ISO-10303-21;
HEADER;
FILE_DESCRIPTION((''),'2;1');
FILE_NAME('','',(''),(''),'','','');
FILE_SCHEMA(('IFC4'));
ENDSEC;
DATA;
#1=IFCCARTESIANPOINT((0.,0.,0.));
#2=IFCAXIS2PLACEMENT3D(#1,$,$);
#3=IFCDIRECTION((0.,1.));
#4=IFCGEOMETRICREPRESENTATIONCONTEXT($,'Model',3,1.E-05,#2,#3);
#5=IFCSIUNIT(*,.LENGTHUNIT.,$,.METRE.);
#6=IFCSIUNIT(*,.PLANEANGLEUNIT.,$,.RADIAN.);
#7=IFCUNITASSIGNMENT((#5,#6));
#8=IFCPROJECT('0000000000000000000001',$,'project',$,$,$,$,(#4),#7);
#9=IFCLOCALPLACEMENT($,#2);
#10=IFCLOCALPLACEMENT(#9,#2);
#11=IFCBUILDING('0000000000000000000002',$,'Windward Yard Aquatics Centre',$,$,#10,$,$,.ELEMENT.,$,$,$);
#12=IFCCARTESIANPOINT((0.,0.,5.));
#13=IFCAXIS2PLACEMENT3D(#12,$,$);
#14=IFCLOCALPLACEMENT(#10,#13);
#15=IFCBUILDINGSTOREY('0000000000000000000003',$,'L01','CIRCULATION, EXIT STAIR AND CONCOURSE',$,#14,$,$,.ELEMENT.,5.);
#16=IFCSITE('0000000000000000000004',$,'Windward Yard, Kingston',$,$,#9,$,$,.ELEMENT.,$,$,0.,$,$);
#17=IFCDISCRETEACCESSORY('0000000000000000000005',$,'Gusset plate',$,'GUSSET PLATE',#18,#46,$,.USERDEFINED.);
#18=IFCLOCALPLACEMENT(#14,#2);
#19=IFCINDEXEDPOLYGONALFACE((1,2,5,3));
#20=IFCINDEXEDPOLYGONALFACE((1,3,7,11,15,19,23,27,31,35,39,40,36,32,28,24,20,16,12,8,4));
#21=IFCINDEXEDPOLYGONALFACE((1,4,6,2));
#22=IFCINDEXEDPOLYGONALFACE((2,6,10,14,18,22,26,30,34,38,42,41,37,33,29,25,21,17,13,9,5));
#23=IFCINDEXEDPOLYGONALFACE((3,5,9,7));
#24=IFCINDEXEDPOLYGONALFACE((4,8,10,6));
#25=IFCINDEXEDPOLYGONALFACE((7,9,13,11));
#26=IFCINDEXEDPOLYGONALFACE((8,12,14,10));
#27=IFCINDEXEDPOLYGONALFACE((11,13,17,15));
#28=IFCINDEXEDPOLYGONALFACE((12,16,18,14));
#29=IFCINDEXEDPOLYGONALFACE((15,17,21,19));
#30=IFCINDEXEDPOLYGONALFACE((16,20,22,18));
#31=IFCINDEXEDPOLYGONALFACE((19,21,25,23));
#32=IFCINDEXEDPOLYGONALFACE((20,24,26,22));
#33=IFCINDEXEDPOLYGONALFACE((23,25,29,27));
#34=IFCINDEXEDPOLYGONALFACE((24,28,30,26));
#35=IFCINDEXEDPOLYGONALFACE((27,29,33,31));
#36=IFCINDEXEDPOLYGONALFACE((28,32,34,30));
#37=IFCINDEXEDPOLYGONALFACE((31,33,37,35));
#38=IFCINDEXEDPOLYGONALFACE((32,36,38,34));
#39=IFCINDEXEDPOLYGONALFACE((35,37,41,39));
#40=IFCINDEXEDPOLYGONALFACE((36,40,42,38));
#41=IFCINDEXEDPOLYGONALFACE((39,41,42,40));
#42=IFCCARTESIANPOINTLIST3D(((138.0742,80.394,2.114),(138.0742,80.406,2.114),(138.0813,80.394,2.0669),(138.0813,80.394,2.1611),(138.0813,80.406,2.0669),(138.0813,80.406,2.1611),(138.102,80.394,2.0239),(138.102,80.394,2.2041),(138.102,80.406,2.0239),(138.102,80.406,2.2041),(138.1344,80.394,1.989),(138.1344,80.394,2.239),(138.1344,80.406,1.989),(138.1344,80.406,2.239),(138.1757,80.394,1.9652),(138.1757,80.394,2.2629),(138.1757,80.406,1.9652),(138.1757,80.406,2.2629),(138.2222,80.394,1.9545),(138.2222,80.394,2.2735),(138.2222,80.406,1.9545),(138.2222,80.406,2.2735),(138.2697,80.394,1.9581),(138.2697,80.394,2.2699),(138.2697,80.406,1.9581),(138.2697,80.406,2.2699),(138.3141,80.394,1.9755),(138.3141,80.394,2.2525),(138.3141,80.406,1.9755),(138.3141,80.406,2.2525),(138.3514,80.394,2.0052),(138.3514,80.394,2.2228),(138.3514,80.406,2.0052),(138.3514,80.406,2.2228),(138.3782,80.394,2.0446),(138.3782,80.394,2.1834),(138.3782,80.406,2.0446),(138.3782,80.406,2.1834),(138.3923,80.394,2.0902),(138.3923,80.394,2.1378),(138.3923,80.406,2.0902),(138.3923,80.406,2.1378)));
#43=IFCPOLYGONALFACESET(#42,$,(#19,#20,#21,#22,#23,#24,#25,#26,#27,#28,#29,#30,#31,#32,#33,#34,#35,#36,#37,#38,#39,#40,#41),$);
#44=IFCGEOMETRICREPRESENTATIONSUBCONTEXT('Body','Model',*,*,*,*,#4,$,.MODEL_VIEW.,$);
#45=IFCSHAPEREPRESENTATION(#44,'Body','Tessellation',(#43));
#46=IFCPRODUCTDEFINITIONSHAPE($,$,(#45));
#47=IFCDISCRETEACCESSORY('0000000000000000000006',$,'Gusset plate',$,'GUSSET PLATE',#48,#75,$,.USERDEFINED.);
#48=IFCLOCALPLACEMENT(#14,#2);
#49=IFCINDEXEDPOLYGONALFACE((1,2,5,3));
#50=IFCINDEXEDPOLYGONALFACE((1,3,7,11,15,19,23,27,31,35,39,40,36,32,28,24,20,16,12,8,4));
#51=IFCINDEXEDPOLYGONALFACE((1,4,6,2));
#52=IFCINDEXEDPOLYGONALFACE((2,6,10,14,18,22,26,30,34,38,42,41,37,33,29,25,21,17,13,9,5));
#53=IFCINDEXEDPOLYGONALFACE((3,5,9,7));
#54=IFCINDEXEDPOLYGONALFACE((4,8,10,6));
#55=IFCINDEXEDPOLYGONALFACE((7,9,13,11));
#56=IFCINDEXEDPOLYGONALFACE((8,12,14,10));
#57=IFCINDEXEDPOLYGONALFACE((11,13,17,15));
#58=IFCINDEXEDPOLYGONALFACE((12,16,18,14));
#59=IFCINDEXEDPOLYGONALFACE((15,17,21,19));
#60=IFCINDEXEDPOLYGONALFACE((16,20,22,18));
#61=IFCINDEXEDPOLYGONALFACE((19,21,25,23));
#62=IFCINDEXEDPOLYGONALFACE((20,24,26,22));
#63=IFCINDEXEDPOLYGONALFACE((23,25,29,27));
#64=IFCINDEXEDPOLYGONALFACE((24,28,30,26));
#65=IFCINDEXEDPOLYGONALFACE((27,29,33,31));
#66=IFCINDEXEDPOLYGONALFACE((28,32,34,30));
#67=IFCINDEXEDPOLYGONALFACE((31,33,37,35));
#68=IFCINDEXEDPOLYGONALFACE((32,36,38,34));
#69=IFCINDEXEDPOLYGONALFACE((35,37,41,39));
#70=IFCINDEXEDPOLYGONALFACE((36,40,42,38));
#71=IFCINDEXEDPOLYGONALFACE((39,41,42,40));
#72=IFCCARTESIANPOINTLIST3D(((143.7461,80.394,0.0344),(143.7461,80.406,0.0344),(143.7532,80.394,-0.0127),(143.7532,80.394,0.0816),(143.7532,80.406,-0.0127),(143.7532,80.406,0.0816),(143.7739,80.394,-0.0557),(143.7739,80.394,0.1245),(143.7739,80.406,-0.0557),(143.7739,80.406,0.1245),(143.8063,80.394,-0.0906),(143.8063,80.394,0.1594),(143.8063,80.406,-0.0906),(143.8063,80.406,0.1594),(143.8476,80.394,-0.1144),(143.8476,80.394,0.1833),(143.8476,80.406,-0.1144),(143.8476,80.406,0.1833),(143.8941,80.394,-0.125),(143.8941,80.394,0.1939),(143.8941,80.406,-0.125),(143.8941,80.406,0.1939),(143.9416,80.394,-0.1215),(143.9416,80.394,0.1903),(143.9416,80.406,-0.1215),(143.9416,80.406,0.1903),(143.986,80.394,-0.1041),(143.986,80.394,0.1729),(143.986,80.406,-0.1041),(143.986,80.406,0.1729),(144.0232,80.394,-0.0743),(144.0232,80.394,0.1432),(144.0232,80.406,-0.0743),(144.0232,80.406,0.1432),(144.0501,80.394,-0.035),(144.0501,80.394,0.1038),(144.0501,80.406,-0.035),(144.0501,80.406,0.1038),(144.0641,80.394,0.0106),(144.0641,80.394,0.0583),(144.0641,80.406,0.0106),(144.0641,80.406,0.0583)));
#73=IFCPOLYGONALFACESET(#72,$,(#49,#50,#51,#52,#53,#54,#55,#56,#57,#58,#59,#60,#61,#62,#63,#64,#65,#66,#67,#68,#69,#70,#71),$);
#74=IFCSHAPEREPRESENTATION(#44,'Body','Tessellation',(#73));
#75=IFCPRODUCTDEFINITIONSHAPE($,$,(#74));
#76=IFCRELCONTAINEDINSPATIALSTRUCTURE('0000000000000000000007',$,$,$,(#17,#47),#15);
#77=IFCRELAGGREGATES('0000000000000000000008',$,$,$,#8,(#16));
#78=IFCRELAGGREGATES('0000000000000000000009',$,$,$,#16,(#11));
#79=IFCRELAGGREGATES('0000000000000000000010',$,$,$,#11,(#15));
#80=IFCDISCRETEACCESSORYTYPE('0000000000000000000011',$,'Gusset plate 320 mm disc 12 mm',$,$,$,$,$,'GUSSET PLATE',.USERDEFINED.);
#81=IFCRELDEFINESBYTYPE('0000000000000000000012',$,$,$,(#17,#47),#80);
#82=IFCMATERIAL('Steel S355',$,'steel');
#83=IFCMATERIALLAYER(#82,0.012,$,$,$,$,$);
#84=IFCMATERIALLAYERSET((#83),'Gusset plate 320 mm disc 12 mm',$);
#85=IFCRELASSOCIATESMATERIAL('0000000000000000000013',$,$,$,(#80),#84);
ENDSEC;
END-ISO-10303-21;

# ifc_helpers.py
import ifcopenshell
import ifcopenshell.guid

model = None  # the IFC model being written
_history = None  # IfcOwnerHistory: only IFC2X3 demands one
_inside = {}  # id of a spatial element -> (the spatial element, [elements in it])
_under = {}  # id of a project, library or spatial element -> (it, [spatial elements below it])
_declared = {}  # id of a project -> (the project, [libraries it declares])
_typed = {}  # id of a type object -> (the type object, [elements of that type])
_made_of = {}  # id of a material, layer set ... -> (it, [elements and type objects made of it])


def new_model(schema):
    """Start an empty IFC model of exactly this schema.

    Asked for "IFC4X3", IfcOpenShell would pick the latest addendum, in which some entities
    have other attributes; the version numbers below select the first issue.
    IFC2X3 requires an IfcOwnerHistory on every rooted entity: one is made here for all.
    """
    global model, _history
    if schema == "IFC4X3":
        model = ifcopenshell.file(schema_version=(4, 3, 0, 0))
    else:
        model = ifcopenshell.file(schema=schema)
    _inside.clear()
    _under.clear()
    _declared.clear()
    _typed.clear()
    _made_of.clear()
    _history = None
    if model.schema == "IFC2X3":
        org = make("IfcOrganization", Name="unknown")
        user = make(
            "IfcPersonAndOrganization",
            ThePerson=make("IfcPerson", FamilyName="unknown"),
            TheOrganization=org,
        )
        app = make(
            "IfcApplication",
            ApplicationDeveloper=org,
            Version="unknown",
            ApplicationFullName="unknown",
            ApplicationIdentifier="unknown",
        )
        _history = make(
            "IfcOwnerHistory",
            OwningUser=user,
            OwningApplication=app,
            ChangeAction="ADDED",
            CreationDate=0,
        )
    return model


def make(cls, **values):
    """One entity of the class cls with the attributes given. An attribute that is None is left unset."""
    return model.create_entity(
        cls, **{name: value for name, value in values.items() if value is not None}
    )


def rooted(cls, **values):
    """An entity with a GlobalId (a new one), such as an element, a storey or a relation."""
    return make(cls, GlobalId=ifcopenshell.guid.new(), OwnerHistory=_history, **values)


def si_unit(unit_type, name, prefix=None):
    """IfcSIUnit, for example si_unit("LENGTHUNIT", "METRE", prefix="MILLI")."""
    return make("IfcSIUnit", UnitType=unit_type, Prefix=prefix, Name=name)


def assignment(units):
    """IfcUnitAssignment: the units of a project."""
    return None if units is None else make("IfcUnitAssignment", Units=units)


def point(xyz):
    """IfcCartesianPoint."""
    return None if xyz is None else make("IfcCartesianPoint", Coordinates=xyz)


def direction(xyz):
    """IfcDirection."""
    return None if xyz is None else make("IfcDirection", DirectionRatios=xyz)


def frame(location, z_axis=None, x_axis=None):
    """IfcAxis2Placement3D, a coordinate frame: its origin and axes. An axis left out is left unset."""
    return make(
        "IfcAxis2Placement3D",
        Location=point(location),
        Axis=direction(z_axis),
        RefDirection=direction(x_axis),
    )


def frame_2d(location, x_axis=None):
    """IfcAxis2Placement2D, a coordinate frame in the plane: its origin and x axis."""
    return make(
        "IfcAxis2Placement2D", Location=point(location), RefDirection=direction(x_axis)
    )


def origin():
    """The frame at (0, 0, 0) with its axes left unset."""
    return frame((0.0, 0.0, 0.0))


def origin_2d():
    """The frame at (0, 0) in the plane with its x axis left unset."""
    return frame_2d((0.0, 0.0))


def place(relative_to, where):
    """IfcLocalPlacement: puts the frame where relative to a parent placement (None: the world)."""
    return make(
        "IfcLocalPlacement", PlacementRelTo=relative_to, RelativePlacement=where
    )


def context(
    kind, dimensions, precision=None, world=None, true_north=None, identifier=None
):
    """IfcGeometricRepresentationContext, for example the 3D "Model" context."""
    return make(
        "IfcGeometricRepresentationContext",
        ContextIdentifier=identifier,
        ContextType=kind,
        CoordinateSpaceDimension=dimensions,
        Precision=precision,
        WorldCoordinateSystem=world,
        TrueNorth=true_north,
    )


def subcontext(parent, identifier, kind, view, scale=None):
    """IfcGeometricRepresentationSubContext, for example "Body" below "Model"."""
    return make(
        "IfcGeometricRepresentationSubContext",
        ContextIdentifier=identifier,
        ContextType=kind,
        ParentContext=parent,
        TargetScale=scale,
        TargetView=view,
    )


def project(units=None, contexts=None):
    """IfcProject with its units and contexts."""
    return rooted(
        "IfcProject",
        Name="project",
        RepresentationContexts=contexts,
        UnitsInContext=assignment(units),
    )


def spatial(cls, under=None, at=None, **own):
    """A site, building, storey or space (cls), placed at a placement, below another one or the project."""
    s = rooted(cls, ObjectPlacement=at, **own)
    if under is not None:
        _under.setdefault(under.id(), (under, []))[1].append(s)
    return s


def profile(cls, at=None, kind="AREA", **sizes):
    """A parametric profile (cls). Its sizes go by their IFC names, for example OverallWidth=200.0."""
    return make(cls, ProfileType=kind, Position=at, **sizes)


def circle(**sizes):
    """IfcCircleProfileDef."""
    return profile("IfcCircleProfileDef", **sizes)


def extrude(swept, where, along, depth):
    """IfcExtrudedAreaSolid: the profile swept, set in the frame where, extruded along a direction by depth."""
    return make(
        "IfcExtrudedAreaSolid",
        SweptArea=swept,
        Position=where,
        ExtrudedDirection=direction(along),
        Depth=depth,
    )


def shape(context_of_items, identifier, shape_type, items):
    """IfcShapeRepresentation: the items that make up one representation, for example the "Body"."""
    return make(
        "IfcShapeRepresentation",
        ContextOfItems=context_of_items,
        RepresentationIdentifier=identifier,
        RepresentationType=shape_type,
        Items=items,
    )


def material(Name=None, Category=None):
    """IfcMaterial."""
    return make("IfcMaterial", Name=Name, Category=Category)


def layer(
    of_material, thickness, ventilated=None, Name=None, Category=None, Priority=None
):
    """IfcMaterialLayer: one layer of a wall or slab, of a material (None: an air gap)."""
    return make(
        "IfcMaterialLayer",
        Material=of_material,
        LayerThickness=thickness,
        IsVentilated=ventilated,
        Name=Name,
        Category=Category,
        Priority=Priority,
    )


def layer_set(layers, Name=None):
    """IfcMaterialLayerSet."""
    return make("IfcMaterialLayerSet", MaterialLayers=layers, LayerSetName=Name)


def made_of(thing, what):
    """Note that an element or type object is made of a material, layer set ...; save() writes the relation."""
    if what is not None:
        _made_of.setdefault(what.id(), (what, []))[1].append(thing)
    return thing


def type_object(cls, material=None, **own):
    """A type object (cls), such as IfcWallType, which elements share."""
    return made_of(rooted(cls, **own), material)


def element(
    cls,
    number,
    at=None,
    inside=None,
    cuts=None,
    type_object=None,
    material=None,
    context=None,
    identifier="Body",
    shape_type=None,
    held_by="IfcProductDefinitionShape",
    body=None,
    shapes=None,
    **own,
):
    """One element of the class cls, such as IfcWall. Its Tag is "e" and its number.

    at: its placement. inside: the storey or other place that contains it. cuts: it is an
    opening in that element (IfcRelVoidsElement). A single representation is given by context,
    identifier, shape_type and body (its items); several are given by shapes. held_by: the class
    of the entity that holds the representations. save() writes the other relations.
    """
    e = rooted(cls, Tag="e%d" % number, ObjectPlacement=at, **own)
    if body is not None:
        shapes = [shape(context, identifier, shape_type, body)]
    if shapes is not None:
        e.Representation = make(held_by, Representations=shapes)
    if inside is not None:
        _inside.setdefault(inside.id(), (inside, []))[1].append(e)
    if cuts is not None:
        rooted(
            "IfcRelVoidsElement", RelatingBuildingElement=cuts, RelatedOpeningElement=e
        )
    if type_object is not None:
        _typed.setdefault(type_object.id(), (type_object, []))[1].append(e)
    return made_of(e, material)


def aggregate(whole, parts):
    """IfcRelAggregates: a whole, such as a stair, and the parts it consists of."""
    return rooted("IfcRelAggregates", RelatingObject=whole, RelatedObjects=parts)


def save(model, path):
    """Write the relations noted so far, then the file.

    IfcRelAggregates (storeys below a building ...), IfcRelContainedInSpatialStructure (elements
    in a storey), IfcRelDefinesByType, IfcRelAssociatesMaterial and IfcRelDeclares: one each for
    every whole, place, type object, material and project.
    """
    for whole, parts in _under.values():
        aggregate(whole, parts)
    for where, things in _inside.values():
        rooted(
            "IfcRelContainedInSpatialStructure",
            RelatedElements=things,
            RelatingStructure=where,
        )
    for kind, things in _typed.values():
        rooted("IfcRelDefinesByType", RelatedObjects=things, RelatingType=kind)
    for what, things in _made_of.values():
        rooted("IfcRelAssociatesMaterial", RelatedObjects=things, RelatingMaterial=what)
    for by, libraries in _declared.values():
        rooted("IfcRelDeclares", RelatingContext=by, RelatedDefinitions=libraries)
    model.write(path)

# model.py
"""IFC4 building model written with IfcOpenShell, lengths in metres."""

from ifc_helpers import new_model, si_unit, direction, frame, origin, origin_2d, place, context, subcontext, project, spatial, circle, extrude, material, layer, layer_set, type_object, element, save


model = new_model("IFC4")

# Units and contexts
model_context = context("Model", 3, precision=1e-05, world=origin(), true_north=direction((0.0, 1.0)))
body_context = subcontext(model_context, "Body", "Model", "MODEL_VIEW")
ifc_project = project(units=[si_unit("LENGTHUNIT", "METRE"), si_unit("PLANEANGLEUNIT", "RADIAN")], contexts=[model_context])

# Site, building, storey
site_placement = place(None, origin())
site = spatial("IfcSite", under=ifc_project, at=site_placement, Name="Windward Yard, Kingston", CompositionType="ELEMENT", RefElevation=0.0)
building_placement = place(site_placement, origin())
building = spatial("IfcBuilding", under=site, at=building_placement, Name="Windward Yard Aquatics Centre", CompositionType="ELEMENT")
storey_placement = place(building_placement, frame((0.0, 0.0, 5.0)))
storey = spatial("IfcBuildingStorey", under=building, at=storey_placement, Name="L01", Description="CIRCULATION, EXIT STAIR AND CONCOURSE", CompositionType="ELEMENT", Elevation=5.0)

# Discrete accessories
ifc_material_1 = material(Name="Steel S355", Category="steel")
ifc_layer_1 = layer(ifc_material_1, 0.012)
ifc_layer_set_1 = layer_set([ifc_layer_1], Name="Gusset plate 320 mm disc 12 mm")
discrete_accessory_type = type_object("IfcDiscreteAccessoryType", Name="Gusset plate 320 mm disc 12 mm", ElementType="GUSSET PLATE", PredefinedType="USERDEFINED", material=ifc_layer_set_1)
for number, where, z_axis, x_axis, name in (
    (1, (138.2341, 80.394, 2.114), (0.0, 1.0, 0.0), (-1.0, 0.0, 0.0), "Gusset plate"),
    (2, (143.906, 80.394, 0.0344), (0.0, 1.0, 0.0), (-1.0, 0.0, 0.0), "Gusset plate"),
):
    element("IfcDiscreteAccessory", number, at=place(storey_placement, frame(where, z_axis=z_axis, x_axis=x_axis)), inside=storey, type_object=discrete_accessory_type, Name=name, ObjectType="GUSSET PLATE", PredefinedType="USERDEFINED", context=body_context, shape_type="SweptSolid", body=[
        extrude(circle(Radius=0.1599, at=origin_2d()), origin(), (0.0, 0.0, 1.0), 0.012),
    ])

save(model, "model.ifc")
